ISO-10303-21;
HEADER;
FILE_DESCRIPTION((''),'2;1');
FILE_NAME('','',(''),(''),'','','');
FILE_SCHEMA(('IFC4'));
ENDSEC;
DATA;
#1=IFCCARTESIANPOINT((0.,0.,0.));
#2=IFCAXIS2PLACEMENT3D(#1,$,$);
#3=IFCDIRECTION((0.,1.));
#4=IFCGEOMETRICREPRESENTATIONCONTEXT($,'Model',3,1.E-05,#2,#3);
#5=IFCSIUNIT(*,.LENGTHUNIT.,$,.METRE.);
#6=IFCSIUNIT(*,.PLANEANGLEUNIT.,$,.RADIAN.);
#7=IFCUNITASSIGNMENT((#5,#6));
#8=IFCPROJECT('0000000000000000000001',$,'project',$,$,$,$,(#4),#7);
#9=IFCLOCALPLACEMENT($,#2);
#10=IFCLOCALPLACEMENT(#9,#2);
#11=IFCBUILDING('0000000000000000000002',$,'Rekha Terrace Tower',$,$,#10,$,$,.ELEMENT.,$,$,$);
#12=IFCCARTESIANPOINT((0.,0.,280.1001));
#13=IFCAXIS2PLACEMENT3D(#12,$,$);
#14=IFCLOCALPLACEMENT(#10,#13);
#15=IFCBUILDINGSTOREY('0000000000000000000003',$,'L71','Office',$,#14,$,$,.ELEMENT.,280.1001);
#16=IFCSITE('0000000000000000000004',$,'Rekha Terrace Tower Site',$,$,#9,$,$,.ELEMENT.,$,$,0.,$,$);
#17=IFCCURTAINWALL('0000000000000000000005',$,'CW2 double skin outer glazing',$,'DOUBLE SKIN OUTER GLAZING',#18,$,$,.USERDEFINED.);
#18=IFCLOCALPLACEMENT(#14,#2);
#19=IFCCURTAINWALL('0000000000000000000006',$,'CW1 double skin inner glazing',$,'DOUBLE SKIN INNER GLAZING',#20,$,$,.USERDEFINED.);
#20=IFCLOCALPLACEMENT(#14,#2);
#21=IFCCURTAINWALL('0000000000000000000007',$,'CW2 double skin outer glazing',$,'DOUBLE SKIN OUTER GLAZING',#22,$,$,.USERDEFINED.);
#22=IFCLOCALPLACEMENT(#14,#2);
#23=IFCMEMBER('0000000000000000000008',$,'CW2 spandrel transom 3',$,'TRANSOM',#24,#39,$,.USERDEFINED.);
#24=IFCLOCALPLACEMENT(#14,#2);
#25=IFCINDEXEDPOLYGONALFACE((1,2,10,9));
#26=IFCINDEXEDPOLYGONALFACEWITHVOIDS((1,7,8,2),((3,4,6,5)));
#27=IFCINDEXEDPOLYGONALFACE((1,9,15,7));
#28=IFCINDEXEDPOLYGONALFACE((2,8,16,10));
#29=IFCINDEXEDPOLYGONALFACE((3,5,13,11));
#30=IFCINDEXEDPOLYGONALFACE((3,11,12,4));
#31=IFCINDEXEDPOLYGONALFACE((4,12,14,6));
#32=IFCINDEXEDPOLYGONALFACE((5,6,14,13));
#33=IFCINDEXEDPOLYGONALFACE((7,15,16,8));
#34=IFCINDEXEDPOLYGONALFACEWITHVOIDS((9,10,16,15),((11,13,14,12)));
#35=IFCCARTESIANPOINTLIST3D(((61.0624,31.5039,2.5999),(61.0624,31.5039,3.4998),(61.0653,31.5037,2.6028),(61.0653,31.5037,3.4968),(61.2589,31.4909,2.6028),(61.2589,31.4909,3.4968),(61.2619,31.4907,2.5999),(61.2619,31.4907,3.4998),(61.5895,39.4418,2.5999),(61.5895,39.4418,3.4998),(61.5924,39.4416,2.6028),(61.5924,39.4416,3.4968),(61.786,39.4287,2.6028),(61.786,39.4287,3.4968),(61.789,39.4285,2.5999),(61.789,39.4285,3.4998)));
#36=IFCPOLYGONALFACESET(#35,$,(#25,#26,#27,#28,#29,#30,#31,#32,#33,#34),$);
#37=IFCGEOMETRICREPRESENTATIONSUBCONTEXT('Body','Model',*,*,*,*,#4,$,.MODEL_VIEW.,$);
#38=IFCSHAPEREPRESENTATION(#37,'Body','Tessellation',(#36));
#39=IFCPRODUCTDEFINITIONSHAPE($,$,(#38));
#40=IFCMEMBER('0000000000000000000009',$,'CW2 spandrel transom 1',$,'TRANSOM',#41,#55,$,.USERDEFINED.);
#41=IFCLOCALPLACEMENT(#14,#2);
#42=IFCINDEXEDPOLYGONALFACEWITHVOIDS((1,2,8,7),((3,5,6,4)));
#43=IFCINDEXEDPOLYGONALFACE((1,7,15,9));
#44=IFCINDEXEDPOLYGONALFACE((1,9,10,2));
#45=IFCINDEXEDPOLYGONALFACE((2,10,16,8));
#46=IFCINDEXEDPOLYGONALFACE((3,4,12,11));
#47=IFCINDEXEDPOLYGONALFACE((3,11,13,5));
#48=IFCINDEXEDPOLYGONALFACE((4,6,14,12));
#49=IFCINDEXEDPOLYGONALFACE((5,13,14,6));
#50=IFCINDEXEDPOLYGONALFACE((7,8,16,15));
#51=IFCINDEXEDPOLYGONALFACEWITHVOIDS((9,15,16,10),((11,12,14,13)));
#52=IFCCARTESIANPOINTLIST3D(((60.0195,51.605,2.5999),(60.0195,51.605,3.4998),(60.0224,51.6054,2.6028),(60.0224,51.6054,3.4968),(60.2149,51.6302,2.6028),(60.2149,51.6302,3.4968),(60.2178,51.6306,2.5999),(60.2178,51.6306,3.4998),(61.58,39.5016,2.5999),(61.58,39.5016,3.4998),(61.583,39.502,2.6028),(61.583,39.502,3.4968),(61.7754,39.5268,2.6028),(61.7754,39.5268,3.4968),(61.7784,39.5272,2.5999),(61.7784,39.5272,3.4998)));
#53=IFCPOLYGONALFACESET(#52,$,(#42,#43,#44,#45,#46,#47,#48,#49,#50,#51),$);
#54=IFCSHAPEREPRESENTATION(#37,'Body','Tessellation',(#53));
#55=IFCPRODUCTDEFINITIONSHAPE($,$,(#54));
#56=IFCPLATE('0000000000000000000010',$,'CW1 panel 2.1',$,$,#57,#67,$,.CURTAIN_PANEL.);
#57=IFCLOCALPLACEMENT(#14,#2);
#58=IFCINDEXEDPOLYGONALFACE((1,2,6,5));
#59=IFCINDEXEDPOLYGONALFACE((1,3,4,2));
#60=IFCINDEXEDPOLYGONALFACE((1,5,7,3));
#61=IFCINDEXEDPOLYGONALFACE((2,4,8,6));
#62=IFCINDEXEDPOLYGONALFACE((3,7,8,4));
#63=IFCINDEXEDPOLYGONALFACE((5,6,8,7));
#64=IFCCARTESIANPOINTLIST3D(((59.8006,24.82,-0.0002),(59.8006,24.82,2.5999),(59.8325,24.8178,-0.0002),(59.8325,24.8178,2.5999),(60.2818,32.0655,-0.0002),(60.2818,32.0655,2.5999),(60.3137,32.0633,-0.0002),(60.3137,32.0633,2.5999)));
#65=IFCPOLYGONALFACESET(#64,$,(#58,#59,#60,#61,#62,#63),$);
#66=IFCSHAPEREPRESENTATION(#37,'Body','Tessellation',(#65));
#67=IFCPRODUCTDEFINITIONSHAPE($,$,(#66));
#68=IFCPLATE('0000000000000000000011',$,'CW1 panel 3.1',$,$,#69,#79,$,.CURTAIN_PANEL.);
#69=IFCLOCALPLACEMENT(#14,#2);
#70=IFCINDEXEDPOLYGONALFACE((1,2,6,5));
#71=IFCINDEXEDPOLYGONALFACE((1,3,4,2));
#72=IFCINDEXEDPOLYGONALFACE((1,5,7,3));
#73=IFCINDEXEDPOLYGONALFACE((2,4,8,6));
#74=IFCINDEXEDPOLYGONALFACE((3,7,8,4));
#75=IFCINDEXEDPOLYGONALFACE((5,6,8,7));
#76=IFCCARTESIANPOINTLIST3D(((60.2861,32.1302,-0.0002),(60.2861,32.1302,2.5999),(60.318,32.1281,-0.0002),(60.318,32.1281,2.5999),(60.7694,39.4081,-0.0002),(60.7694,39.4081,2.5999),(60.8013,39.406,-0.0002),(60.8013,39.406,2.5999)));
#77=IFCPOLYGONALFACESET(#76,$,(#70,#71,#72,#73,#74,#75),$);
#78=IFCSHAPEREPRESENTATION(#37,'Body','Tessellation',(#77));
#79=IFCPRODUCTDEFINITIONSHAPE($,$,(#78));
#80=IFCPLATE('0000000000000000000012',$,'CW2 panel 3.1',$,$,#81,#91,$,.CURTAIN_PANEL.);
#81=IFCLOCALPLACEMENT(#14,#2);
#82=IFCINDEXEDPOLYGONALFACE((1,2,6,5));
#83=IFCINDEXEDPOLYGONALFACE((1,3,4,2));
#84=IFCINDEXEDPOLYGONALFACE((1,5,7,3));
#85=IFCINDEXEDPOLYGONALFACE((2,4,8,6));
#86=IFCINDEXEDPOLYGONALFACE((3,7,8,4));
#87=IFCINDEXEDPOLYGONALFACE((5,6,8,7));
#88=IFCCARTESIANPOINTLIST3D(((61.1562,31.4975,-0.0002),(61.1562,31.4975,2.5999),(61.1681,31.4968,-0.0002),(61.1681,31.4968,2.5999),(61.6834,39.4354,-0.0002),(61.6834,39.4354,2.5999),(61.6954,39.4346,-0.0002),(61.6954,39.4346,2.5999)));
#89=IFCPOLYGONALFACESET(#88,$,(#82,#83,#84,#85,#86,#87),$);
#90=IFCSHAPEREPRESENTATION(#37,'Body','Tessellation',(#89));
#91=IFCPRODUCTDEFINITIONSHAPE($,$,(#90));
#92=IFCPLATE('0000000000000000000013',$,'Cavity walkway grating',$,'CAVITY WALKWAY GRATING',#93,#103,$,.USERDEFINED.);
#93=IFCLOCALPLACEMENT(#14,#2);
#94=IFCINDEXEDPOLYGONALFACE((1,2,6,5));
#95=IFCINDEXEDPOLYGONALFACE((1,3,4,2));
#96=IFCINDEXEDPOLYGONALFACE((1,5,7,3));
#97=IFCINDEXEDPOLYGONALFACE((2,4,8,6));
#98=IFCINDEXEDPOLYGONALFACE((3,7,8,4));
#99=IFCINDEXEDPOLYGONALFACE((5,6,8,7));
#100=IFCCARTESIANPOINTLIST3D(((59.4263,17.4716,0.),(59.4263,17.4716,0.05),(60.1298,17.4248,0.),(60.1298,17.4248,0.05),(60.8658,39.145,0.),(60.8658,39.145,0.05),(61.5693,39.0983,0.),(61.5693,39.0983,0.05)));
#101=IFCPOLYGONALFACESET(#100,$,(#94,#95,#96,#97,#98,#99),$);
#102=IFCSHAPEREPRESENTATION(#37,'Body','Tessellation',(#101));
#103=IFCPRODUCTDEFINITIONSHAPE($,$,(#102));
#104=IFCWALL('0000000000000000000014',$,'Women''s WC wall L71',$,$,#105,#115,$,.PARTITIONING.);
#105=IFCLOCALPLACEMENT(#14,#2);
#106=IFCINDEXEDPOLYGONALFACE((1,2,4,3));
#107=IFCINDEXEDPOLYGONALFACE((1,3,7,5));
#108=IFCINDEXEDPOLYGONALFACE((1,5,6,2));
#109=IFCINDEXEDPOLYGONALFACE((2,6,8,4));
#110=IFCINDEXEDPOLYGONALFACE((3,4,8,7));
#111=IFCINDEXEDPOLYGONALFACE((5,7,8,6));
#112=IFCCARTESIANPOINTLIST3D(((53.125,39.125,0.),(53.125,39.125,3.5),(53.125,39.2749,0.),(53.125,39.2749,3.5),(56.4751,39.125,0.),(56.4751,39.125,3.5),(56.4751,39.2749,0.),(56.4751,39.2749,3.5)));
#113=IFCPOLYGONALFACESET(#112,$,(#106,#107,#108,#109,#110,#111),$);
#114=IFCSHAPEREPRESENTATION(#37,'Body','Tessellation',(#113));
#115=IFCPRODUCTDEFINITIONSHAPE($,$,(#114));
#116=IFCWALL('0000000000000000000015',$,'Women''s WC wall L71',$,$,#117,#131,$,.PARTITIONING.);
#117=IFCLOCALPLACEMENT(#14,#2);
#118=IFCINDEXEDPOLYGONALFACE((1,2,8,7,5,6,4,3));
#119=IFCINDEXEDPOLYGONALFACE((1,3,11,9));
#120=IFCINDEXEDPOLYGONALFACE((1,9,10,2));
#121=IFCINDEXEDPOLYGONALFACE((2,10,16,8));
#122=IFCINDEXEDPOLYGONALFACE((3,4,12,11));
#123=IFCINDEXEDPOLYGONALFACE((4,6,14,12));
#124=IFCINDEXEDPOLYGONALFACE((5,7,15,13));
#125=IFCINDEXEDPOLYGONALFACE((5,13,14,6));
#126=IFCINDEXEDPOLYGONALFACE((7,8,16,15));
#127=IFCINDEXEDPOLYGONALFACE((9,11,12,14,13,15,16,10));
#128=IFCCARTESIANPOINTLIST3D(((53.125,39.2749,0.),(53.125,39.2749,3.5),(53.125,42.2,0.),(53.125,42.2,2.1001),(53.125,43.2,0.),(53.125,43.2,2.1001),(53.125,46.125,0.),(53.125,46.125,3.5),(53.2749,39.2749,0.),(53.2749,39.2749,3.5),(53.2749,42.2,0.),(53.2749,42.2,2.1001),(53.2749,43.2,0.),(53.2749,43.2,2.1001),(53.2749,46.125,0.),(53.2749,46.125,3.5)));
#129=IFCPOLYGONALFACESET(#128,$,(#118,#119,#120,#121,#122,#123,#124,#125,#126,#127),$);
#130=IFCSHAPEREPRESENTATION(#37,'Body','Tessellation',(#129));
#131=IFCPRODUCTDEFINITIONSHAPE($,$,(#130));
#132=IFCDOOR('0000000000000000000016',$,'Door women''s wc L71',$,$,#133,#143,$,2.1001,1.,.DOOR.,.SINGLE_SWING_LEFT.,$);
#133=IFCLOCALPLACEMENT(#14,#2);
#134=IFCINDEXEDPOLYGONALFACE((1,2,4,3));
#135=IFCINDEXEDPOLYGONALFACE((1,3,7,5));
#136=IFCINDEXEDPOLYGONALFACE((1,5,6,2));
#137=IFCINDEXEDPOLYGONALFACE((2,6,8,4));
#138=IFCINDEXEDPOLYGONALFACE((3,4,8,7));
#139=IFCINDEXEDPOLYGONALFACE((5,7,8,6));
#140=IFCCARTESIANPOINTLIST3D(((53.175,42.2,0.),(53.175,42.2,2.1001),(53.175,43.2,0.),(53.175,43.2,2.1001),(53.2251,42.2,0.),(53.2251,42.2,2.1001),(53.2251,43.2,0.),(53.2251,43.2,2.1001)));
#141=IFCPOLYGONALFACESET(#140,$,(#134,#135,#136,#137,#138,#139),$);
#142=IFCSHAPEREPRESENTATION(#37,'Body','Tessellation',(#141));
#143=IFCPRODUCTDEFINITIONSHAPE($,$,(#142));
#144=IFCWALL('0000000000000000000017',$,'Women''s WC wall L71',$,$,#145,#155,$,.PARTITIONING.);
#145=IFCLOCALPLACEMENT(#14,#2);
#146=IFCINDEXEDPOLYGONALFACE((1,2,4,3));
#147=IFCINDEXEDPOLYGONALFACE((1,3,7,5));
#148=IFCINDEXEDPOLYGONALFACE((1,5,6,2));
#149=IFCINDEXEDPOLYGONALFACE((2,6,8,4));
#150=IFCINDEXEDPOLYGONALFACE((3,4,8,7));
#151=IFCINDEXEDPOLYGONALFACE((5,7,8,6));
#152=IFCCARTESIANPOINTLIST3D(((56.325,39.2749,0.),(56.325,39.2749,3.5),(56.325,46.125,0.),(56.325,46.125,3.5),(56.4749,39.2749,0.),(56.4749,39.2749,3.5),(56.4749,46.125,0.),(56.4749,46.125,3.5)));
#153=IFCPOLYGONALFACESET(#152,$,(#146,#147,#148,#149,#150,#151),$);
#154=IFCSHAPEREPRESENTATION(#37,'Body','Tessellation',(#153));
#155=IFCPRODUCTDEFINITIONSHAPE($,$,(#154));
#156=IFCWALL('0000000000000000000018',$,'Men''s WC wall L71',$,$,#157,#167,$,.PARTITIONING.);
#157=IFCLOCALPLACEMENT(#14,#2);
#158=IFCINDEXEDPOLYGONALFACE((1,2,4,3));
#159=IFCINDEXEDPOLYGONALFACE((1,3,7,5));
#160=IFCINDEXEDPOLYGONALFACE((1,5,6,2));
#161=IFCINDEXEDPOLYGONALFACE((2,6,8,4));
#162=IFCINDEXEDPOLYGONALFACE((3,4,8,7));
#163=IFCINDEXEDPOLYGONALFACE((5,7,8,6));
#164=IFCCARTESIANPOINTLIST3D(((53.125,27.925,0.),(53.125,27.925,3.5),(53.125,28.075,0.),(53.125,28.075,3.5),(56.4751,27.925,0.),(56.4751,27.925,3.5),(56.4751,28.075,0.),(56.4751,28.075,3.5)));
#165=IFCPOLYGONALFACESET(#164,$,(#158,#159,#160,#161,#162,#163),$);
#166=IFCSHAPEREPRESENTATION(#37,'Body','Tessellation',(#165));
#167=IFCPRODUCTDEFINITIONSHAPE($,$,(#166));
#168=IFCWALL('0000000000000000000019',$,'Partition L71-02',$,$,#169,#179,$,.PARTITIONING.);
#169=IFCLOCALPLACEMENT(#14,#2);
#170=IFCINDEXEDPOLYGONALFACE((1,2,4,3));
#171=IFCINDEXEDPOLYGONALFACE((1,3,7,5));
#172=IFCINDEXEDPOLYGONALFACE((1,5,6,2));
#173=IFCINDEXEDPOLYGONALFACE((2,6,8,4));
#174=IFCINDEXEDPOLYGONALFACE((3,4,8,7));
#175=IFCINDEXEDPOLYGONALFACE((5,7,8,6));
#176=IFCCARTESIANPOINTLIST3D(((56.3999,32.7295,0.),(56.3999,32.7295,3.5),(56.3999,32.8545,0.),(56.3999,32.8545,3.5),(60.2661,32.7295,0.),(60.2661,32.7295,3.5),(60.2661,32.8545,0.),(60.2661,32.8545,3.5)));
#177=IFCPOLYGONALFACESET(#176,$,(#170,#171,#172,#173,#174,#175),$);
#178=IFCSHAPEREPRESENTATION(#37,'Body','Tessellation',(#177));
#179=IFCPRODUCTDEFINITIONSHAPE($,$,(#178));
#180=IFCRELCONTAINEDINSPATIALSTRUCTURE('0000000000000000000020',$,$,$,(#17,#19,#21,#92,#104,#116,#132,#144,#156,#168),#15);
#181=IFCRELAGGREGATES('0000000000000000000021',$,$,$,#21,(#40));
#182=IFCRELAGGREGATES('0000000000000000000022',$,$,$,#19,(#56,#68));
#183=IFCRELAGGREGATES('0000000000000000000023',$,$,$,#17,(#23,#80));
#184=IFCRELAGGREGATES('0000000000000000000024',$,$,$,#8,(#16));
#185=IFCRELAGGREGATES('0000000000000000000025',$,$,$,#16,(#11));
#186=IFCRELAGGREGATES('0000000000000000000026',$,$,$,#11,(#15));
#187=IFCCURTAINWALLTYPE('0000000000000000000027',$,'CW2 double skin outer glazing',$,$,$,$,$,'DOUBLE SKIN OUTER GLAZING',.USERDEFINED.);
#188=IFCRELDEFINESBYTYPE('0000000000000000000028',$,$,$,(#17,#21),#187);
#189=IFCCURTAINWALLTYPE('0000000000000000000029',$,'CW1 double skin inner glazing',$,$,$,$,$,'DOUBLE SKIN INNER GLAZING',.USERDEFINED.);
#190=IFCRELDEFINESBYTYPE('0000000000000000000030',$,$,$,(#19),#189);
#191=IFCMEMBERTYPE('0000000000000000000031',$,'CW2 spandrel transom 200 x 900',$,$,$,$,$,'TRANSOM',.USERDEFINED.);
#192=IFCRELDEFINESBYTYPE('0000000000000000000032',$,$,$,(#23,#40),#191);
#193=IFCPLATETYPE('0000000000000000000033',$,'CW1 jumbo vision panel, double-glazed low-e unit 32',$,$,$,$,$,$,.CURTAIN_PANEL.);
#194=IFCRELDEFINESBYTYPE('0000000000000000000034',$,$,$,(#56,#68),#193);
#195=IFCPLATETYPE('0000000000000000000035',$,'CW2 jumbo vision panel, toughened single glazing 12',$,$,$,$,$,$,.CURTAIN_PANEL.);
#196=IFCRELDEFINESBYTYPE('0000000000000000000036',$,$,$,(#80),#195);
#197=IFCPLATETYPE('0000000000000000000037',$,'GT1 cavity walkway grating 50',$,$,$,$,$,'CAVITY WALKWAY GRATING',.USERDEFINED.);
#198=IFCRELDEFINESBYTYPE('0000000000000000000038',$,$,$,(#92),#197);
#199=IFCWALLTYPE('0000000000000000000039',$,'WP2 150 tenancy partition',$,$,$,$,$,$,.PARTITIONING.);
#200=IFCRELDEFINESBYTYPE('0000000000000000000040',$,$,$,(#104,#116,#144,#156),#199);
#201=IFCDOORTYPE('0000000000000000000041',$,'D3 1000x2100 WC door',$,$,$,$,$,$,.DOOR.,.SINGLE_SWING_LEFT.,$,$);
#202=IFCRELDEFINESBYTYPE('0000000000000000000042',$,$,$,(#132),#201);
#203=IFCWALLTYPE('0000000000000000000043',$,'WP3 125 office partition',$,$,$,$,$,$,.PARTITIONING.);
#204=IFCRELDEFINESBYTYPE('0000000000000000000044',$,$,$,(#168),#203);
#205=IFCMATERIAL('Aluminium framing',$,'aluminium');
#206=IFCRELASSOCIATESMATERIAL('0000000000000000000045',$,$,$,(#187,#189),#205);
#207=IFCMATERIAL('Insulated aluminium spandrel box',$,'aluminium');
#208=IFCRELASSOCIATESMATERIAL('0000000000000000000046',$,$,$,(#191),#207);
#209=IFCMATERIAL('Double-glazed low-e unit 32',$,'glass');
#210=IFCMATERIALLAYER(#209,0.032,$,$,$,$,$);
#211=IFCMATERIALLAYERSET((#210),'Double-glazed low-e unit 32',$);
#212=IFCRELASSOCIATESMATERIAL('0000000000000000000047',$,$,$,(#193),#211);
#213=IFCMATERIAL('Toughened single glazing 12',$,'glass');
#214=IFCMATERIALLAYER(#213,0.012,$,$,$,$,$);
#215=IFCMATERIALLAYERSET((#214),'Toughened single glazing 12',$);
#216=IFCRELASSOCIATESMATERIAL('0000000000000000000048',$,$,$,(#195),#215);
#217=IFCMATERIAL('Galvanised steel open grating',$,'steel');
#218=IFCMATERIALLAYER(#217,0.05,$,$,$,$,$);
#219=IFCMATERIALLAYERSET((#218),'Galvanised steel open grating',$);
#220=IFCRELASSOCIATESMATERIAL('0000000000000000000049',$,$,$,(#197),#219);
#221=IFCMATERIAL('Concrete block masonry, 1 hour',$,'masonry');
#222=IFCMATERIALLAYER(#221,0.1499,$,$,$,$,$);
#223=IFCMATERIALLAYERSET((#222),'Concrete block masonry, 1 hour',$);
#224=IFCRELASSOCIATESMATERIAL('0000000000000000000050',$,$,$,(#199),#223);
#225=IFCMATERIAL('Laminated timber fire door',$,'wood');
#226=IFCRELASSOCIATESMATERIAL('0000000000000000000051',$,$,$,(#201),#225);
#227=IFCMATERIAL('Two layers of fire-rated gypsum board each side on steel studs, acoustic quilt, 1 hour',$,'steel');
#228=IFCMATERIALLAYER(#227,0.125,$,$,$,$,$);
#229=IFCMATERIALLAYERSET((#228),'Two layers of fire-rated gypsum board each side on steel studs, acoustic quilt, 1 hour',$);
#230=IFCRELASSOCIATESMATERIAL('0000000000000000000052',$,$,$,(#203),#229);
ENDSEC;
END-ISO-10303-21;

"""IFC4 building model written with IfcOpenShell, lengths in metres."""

from ifc_helpers import new_model, si_unit, direction, frame, frame_2d, origin, origin_2d, place, context, subcontext, project, spatial, rectangle, hollow_rectangle, extrude, material, layer, layer_set, material_profile, profile_set, type_object, element, fill, aggregate, save


model = new_model("IFC4")

# Units and contexts
model_context = context("Model", 3, precision=1e-05, world=origin(), true_north=direction((0.0, 1.0)))
body_context = subcontext(model_context, "Body", "Model", "MODEL_VIEW")
ifc_project = project(units=[si_unit("LENGTHUNIT", "METRE"), si_unit("PLANEANGLEUNIT", "RADIAN")], contexts=[model_context])

# Site, building, storey
site_placement = place(None, origin())
site = spatial("IfcSite", under=ifc_project, at=site_placement, Name="Rekha Terrace Tower Site", CompositionType="ELEMENT", RefElevation=0.0)
building_placement = place(site_placement, origin())
building = spatial("IfcBuilding", under=site, at=building_placement, Name="Rekha Terrace Tower", CompositionType="ELEMENT")
storey_placement = place(building_placement, frame((0.0, 0.0, 280.1001)))
storey = spatial("IfcBuildingStorey", under=building, at=storey_placement, Name="L71", Description="Office", CompositionType="ELEMENT", Elevation=280.1001)

# Curtain walls
ifc_material_1 = material(Name="Aluminium framing", Category="aluminium")
curtain_wall_type_1 = type_object("IfcCurtainWallType", Name="CW2 double skin outer glazing", ElementType="DOUBLE SKIN OUTER GLAZING", PredefinedType="USERDEFINED", material=ifc_material_1)
curtain_wall_1_placement = place(storey_placement, origin())
curtain_wall_1 = element("IfcCurtainWall", 1, at=curtain_wall_1_placement, inside=storey, type_object=curtain_wall_type_1, Name="CW2 double skin outer glazing", ObjectType="DOUBLE SKIN OUTER GLAZING", PredefinedType="USERDEFINED")
curtain_wall_type_2 = type_object("IfcCurtainWallType", Name="CW1 double skin inner glazing", ElementType="DOUBLE SKIN INNER GLAZING", PredefinedType="USERDEFINED", material=ifc_material_1)
curtain_wall_2_placement = place(storey_placement, origin())
curtain_wall_2 = element("IfcCurtainWall", 2, at=curtain_wall_2_placement, inside=storey, type_object=curtain_wall_type_2, Name="CW1 double skin inner glazing", ObjectType="DOUBLE SKIN INNER GLAZING", PredefinedType="USERDEFINED")

# Shared definitions
ifc_material_2 = material(Name="Insulated aluminium spandrel box", Category="aluminium")

# Curtain wall
curtain_wall_3_placement = place(storey_placement, origin())
curtain_wall_3 = element("IfcCurtainWall", 3, at=curtain_wall_3_placement, inside=storey, type_object=curtain_wall_type_1, Name="CW2 double skin outer glazing", ObjectType="DOUBLE SKIN OUTER GLAZING", PredefinedType="USERDEFINED")

# Members
ifc_material_profile_1 = material_profile(ifc_material_2, hollow_rectangle(XDim=0.2, YDim=0.8999, WallThickness=0.0029, at=origin_2d()), Name="AL SPANDREL BOX 200x900")
ifc_profile_set_1 = profile_set([ifc_material_profile_1], Name="Insulated aluminium spandrel box")
member_type_1 = type_object("IfcMemberType", Name="CW2 spandrel transom 200 x 900", ElementType="TRANSOM", PredefinedType="USERDEFINED", material=ifc_profile_set_1)
member_1_placement = place(storey_placement, frame((61.1621, 31.4973, 3.0498), z_axis=(0.066258, 0.997803, 0.0), x_axis=(-0.997803, 0.066258, 0.0)))
member_1 = element("IfcMember", 4, at=member_1_placement, type_object=member_type_1, Name="CW2 spandrel transom 3", ObjectType="TRANSOM", PredefinedType="USERDEFINED", context=body_context, shape_type="SweptSolid", body=[
    extrude(hollow_rectangle(XDim=0.2, YDim=0.8999, WallThickness=0.0029, at=origin_2d()), origin(), (0.0, 0.0, 1.0), 7.9553),
])
member_2_placement = place(storey_placement, frame((61.6792, 39.5144, 3.0498), z_axis=(-0.127875, 0.99179, 0.0), x_axis=(-0.99179, -0.127875, 0.0)))
member_2 = element("IfcMember", 5, at=member_2_placement, type_object=member_type_1, Name="CW2 spandrel transom 1", ObjectType="TRANSOM", PredefinedType="USERDEFINED", context=body_context, shape_type="SweptSolid", body=[
    extrude(hollow_rectangle(XDim=0.2, YDim=0.8999, WallThickness=0.0029, at=origin_2d()), origin(), (0.0, 0.0, 1.0), 12.2036),
])
aggregate(curtain_wall_3, [member_2])

# Plates
ifc_material_3 = material(Name="Double-glazed low-e unit 32", Category="glass")
ifc_layer_1 = layer(ifc_material_3, 0.032)
ifc_layer_set_1 = layer_set([ifc_layer_1], Name="Double-glazed low-e unit 32")
plate_type_1 = type_object("IfcPlateType", Name="CW1 jumbo vision panel, double-glazed low-e unit 32", PredefinedType="CURTAIN_PANEL", material=ifc_layer_set_1)
plate_1_placement = place(storey_placement, frame((60.0571, 28.4417, -0.0002), z_axis=(0.0, 0.0, 1.0), x_axis=(0.066272, 0.997802, 0.0)))
plate_1 = element("IfcPlate", 6, at=plate_1_placement, type_object=plate_type_1, Name="CW1 panel 2.1", PredefinedType="CURTAIN_PANEL", context=body_context, shape_type="SweptSolid", body=[
    extrude(rectangle(XDim=7.2615, YDim=0.032, at=origin_2d()), origin(), (0.0, 0.0, 1.0), 2.6001),
])
plate_2_placement = place(storey_placement, frame((60.5437, 35.7681, -0.0002), z_axis=(0.0, 0.0, 1.0), x_axis=(0.066272, 0.997802, 0.0)))
plate_2 = element("IfcPlate", 7, at=plate_2_placement, type_object=plate_type_1, Name="CW1 panel 3.1", PredefinedType="CURTAIN_PANEL", context=body_context, shape_type="SweptSolid", body=[
    extrude(rectangle(XDim=7.2939, YDim=0.032, at=origin_2d()), origin(), (0.0, 0.0, 1.0), 2.6001),
])
aggregate(curtain_wall_2, [plate_1, plate_2])
ifc_material_4 = material(Name="Toughened single glazing 12", Category="glass")
ifc_layer_2 = layer(ifc_material_4, 0.012)
ifc_layer_set_2 = layer_set([ifc_layer_2], Name="Toughened single glazing 12")
plate_type_2 = type_object("IfcPlateType", Name="CW2 jumbo vision panel, toughened single glazing 12", PredefinedType="CURTAIN_PANEL", material=ifc_layer_set_2)
plate_3_placement = place(storey_placement, frame((61.4258, 35.4661, -0.0002), z_axis=(0.0, 0.0, 1.0), x_axis=(0.066272, 0.997802, 0.0)))
plate_3 = element("IfcPlate", 8, at=plate_3_placement, type_object=plate_type_2, Name="CW2 panel 3.1", PredefinedType="CURTAIN_PANEL", context=body_context, shape_type="SweptSolid", body=[
    extrude(rectangle(XDim=7.9553, YDim=0.012, at=origin_2d()), origin(), (0.0, 0.0, 1.0), 2.6001),
])
aggregate(curtain_wall_1, [member_1, plate_3])
ifc_material_5 = material(Name="Galvanised steel open grating", Category="steel")
ifc_layer_3 = layer(ifc_material_5, 0.05)
ifc_layer_set_3 = layer_set([ifc_layer_3], Name="Galvanised steel open grating")
plate_type_3 = type_object("IfcPlateType", Name="GT1 cavity walkway grating 50", ElementType="CAVITY WALKWAY GRATING", PredefinedType="USERDEFINED", material=ifc_layer_set_3)
plate_4_placement = place(storey_placement, frame((60.4978, 28.2849, 0.0), z_axis=(0.0, 0.0, 1.0), x_axis=(0.066272, 0.997802, 0.0)))
element("IfcPlate", 9, at=plate_4_placement, inside=storey, type_object=plate_type_3, Name="Cavity walkway grating", ObjectType="CAVITY WALKWAY GRATING", PredefinedType="USERDEFINED", context=body_context, shape_type="SweptSolid", body=[
    extrude(rectangle(XDim=21.7212, YDim=0.7051, at=origin_2d()), origin(), (0.0, 0.0, 1.0), 0.05),
])

# Wall
ifc_material_6 = material(Name="Concrete block masonry, 1 hour", Category="masonry")
ifc_layer_4 = layer(ifc_material_6, 0.1499)
ifc_layer_set_4 = layer_set([ifc_layer_4], Name="Concrete block masonry, 1 hour")
wall_type_1 = type_object("IfcWallType", Name="WP2 150 tenancy partition", PredefinedType="PARTITIONING", material=ifc_layer_set_4)
wall_1_placement = place(storey_placement, frame((53.125, 39.2, 0.0), z_axis=(0.0, 0.0, 1.0), x_axis=(1.0, 0.0, 0.0)))
element("IfcWall", 10, at=wall_1_placement, inside=storey, type_object=wall_type_1, Name="Women's WC wall L71", PredefinedType="PARTITIONING", context=body_context, shape_type="SweptSolid", body=[
    extrude(rectangle(XDim=3.3501, YDim=0.1499, at=frame_2d((1.675, 0.0))), origin(), (0.0, 0.0, 1.0), 3.5),
])

# Wall, opening, door
wall_2_placement = place(storey_placement, frame((53.2, 39.2749, 0.0), z_axis=(0.0, 0.0, 1.0), x_axis=(0.0, 1.0, 0.0)))
wall_2 = element("IfcWall", 11, at=wall_2_placement, inside=storey, type_object=wall_type_1, Name="Women's WC wall L71", PredefinedType="PARTITIONING", context=body_context, shape_type="SweptSolid", body=[
    extrude(rectangle(XDim=6.8501, YDim=0.1499, at=frame_2d((3.425, 0.0))), origin(), (0.0, 0.0, 1.0), 3.5),
])
opening_1_placement = place(wall_2_placement, frame((2.925, 0.0, 0.0)))
opening_1 = element("IfcOpeningElement", 12, at=opening_1_placement, cuts=wall_2, PredefinedType="OPENING", context=body_context, shape_type="SweptSolid", body=[
    extrude(rectangle(XDim=1.0, YDim=2.1001, at=frame_2d((0.5, 1.05))), frame((0.0, 0.085, 0.0), z_axis=(0.0, -1.0, 0.0), x_axis=(1.0, 0.0, 0.0)), (0.0, 0.0, 1.0), 0.1699),
])
ifc_material_7 = material(Name="Laminated timber fire door", Category="wood")
door_type_1 = type_object("IfcDoorType", Name="D3 1000x2100 WC door", OperationType="SINGLE_SWING_LEFT", PredefinedType="DOOR", material=ifc_material_7)
door_1_placement = place(opening_1_placement, origin())
door_1 = element("IfcDoor", 13, at=door_1_placement, inside=storey, type_object=door_type_1, Name="Door women's wc L71", OperationType="SINGLE_SWING_LEFT", OverallHeight=2.1001, OverallWidth=1.0, PredefinedType="DOOR", context=body_context, shape_type="SweptSolid", body=[
    extrude(rectangle(XDim=1.0, YDim=2.1001, at=frame_2d((0.5, 1.05))), frame((0.0, 0.0249, 0.0), z_axis=(0.0, -1.0, 0.0), x_axis=(1.0, 0.0, 0.0)), (0.0, 0.0, 1.0), 0.05),
])
fill(opening_1, door_1)

# Walls
wall_3_placement = place(storey_placement, frame((56.3999, 39.2749, 0.0), z_axis=(0.0, 0.0, 1.0), x_axis=(0.0, 1.0, 0.0)))
element("IfcWall", 14, at=wall_3_placement, inside=storey, type_object=wall_type_1, Name="Women's WC wall L71", PredefinedType="PARTITIONING", context=body_context, shape_type="SweptSolid", body=[
    extrude(rectangle(XDim=6.8501, YDim=0.1499, at=frame_2d((3.425, 0.0))), origin(), (0.0, 0.0, 1.0), 3.5),
])
wall_4_placement = place(storey_placement, frame((53.125, 28.0, 0.0), z_axis=(0.0, 0.0, 1.0), x_axis=(1.0, 0.0, 0.0)))
element("IfcWall", 15, at=wall_4_placement, inside=storey, type_object=wall_type_1, Name="Men's WC wall L71", PredefinedType="PARTITIONING", context=body_context, shape_type="SweptSolid", body=[
    extrude(rectangle(XDim=3.3501, YDim=0.1499, at=frame_2d((1.675, 0.0))), origin(), (0.0, 0.0, 1.0), 3.5),
])
ifc_material_8 = material(Name="Two layers of fire-rated gypsum board each side on steel studs, acoustic quilt, 1 hour", Category="steel")
ifc_layer_5 = layer(ifc_material_8, 0.125)
ifc_layer_set_5 = layer_set([ifc_layer_5], Name="Two layers of fire-rated gypsum board each side on steel studs, acoustic quilt, 1 hour")
wall_type_2 = type_object("IfcWallType", Name="WP3 125 office partition", PredefinedType="PARTITIONING", material=ifc_layer_set_5)
wall_5_placement = place(storey_placement, frame((60.2661, 32.792, 0.0), z_axis=(0.0, 0.0, 1.0), x_axis=(-1.0, 0.0, 0.0)))
element("IfcWall", 16, at=wall_5_placement, inside=storey, type_object=wall_type_2, Name="Partition L71-02", PredefinedType="PARTITIONING", context=body_context, shape_type="SweptSolid", body=[
    extrude(rectangle(XDim=3.8662, YDim=0.125, at=frame_2d((1.9331, 0.0))), origin(), (0.0, 0.0, 1.0), 3.5),
])

save(model, "model.ifc")
